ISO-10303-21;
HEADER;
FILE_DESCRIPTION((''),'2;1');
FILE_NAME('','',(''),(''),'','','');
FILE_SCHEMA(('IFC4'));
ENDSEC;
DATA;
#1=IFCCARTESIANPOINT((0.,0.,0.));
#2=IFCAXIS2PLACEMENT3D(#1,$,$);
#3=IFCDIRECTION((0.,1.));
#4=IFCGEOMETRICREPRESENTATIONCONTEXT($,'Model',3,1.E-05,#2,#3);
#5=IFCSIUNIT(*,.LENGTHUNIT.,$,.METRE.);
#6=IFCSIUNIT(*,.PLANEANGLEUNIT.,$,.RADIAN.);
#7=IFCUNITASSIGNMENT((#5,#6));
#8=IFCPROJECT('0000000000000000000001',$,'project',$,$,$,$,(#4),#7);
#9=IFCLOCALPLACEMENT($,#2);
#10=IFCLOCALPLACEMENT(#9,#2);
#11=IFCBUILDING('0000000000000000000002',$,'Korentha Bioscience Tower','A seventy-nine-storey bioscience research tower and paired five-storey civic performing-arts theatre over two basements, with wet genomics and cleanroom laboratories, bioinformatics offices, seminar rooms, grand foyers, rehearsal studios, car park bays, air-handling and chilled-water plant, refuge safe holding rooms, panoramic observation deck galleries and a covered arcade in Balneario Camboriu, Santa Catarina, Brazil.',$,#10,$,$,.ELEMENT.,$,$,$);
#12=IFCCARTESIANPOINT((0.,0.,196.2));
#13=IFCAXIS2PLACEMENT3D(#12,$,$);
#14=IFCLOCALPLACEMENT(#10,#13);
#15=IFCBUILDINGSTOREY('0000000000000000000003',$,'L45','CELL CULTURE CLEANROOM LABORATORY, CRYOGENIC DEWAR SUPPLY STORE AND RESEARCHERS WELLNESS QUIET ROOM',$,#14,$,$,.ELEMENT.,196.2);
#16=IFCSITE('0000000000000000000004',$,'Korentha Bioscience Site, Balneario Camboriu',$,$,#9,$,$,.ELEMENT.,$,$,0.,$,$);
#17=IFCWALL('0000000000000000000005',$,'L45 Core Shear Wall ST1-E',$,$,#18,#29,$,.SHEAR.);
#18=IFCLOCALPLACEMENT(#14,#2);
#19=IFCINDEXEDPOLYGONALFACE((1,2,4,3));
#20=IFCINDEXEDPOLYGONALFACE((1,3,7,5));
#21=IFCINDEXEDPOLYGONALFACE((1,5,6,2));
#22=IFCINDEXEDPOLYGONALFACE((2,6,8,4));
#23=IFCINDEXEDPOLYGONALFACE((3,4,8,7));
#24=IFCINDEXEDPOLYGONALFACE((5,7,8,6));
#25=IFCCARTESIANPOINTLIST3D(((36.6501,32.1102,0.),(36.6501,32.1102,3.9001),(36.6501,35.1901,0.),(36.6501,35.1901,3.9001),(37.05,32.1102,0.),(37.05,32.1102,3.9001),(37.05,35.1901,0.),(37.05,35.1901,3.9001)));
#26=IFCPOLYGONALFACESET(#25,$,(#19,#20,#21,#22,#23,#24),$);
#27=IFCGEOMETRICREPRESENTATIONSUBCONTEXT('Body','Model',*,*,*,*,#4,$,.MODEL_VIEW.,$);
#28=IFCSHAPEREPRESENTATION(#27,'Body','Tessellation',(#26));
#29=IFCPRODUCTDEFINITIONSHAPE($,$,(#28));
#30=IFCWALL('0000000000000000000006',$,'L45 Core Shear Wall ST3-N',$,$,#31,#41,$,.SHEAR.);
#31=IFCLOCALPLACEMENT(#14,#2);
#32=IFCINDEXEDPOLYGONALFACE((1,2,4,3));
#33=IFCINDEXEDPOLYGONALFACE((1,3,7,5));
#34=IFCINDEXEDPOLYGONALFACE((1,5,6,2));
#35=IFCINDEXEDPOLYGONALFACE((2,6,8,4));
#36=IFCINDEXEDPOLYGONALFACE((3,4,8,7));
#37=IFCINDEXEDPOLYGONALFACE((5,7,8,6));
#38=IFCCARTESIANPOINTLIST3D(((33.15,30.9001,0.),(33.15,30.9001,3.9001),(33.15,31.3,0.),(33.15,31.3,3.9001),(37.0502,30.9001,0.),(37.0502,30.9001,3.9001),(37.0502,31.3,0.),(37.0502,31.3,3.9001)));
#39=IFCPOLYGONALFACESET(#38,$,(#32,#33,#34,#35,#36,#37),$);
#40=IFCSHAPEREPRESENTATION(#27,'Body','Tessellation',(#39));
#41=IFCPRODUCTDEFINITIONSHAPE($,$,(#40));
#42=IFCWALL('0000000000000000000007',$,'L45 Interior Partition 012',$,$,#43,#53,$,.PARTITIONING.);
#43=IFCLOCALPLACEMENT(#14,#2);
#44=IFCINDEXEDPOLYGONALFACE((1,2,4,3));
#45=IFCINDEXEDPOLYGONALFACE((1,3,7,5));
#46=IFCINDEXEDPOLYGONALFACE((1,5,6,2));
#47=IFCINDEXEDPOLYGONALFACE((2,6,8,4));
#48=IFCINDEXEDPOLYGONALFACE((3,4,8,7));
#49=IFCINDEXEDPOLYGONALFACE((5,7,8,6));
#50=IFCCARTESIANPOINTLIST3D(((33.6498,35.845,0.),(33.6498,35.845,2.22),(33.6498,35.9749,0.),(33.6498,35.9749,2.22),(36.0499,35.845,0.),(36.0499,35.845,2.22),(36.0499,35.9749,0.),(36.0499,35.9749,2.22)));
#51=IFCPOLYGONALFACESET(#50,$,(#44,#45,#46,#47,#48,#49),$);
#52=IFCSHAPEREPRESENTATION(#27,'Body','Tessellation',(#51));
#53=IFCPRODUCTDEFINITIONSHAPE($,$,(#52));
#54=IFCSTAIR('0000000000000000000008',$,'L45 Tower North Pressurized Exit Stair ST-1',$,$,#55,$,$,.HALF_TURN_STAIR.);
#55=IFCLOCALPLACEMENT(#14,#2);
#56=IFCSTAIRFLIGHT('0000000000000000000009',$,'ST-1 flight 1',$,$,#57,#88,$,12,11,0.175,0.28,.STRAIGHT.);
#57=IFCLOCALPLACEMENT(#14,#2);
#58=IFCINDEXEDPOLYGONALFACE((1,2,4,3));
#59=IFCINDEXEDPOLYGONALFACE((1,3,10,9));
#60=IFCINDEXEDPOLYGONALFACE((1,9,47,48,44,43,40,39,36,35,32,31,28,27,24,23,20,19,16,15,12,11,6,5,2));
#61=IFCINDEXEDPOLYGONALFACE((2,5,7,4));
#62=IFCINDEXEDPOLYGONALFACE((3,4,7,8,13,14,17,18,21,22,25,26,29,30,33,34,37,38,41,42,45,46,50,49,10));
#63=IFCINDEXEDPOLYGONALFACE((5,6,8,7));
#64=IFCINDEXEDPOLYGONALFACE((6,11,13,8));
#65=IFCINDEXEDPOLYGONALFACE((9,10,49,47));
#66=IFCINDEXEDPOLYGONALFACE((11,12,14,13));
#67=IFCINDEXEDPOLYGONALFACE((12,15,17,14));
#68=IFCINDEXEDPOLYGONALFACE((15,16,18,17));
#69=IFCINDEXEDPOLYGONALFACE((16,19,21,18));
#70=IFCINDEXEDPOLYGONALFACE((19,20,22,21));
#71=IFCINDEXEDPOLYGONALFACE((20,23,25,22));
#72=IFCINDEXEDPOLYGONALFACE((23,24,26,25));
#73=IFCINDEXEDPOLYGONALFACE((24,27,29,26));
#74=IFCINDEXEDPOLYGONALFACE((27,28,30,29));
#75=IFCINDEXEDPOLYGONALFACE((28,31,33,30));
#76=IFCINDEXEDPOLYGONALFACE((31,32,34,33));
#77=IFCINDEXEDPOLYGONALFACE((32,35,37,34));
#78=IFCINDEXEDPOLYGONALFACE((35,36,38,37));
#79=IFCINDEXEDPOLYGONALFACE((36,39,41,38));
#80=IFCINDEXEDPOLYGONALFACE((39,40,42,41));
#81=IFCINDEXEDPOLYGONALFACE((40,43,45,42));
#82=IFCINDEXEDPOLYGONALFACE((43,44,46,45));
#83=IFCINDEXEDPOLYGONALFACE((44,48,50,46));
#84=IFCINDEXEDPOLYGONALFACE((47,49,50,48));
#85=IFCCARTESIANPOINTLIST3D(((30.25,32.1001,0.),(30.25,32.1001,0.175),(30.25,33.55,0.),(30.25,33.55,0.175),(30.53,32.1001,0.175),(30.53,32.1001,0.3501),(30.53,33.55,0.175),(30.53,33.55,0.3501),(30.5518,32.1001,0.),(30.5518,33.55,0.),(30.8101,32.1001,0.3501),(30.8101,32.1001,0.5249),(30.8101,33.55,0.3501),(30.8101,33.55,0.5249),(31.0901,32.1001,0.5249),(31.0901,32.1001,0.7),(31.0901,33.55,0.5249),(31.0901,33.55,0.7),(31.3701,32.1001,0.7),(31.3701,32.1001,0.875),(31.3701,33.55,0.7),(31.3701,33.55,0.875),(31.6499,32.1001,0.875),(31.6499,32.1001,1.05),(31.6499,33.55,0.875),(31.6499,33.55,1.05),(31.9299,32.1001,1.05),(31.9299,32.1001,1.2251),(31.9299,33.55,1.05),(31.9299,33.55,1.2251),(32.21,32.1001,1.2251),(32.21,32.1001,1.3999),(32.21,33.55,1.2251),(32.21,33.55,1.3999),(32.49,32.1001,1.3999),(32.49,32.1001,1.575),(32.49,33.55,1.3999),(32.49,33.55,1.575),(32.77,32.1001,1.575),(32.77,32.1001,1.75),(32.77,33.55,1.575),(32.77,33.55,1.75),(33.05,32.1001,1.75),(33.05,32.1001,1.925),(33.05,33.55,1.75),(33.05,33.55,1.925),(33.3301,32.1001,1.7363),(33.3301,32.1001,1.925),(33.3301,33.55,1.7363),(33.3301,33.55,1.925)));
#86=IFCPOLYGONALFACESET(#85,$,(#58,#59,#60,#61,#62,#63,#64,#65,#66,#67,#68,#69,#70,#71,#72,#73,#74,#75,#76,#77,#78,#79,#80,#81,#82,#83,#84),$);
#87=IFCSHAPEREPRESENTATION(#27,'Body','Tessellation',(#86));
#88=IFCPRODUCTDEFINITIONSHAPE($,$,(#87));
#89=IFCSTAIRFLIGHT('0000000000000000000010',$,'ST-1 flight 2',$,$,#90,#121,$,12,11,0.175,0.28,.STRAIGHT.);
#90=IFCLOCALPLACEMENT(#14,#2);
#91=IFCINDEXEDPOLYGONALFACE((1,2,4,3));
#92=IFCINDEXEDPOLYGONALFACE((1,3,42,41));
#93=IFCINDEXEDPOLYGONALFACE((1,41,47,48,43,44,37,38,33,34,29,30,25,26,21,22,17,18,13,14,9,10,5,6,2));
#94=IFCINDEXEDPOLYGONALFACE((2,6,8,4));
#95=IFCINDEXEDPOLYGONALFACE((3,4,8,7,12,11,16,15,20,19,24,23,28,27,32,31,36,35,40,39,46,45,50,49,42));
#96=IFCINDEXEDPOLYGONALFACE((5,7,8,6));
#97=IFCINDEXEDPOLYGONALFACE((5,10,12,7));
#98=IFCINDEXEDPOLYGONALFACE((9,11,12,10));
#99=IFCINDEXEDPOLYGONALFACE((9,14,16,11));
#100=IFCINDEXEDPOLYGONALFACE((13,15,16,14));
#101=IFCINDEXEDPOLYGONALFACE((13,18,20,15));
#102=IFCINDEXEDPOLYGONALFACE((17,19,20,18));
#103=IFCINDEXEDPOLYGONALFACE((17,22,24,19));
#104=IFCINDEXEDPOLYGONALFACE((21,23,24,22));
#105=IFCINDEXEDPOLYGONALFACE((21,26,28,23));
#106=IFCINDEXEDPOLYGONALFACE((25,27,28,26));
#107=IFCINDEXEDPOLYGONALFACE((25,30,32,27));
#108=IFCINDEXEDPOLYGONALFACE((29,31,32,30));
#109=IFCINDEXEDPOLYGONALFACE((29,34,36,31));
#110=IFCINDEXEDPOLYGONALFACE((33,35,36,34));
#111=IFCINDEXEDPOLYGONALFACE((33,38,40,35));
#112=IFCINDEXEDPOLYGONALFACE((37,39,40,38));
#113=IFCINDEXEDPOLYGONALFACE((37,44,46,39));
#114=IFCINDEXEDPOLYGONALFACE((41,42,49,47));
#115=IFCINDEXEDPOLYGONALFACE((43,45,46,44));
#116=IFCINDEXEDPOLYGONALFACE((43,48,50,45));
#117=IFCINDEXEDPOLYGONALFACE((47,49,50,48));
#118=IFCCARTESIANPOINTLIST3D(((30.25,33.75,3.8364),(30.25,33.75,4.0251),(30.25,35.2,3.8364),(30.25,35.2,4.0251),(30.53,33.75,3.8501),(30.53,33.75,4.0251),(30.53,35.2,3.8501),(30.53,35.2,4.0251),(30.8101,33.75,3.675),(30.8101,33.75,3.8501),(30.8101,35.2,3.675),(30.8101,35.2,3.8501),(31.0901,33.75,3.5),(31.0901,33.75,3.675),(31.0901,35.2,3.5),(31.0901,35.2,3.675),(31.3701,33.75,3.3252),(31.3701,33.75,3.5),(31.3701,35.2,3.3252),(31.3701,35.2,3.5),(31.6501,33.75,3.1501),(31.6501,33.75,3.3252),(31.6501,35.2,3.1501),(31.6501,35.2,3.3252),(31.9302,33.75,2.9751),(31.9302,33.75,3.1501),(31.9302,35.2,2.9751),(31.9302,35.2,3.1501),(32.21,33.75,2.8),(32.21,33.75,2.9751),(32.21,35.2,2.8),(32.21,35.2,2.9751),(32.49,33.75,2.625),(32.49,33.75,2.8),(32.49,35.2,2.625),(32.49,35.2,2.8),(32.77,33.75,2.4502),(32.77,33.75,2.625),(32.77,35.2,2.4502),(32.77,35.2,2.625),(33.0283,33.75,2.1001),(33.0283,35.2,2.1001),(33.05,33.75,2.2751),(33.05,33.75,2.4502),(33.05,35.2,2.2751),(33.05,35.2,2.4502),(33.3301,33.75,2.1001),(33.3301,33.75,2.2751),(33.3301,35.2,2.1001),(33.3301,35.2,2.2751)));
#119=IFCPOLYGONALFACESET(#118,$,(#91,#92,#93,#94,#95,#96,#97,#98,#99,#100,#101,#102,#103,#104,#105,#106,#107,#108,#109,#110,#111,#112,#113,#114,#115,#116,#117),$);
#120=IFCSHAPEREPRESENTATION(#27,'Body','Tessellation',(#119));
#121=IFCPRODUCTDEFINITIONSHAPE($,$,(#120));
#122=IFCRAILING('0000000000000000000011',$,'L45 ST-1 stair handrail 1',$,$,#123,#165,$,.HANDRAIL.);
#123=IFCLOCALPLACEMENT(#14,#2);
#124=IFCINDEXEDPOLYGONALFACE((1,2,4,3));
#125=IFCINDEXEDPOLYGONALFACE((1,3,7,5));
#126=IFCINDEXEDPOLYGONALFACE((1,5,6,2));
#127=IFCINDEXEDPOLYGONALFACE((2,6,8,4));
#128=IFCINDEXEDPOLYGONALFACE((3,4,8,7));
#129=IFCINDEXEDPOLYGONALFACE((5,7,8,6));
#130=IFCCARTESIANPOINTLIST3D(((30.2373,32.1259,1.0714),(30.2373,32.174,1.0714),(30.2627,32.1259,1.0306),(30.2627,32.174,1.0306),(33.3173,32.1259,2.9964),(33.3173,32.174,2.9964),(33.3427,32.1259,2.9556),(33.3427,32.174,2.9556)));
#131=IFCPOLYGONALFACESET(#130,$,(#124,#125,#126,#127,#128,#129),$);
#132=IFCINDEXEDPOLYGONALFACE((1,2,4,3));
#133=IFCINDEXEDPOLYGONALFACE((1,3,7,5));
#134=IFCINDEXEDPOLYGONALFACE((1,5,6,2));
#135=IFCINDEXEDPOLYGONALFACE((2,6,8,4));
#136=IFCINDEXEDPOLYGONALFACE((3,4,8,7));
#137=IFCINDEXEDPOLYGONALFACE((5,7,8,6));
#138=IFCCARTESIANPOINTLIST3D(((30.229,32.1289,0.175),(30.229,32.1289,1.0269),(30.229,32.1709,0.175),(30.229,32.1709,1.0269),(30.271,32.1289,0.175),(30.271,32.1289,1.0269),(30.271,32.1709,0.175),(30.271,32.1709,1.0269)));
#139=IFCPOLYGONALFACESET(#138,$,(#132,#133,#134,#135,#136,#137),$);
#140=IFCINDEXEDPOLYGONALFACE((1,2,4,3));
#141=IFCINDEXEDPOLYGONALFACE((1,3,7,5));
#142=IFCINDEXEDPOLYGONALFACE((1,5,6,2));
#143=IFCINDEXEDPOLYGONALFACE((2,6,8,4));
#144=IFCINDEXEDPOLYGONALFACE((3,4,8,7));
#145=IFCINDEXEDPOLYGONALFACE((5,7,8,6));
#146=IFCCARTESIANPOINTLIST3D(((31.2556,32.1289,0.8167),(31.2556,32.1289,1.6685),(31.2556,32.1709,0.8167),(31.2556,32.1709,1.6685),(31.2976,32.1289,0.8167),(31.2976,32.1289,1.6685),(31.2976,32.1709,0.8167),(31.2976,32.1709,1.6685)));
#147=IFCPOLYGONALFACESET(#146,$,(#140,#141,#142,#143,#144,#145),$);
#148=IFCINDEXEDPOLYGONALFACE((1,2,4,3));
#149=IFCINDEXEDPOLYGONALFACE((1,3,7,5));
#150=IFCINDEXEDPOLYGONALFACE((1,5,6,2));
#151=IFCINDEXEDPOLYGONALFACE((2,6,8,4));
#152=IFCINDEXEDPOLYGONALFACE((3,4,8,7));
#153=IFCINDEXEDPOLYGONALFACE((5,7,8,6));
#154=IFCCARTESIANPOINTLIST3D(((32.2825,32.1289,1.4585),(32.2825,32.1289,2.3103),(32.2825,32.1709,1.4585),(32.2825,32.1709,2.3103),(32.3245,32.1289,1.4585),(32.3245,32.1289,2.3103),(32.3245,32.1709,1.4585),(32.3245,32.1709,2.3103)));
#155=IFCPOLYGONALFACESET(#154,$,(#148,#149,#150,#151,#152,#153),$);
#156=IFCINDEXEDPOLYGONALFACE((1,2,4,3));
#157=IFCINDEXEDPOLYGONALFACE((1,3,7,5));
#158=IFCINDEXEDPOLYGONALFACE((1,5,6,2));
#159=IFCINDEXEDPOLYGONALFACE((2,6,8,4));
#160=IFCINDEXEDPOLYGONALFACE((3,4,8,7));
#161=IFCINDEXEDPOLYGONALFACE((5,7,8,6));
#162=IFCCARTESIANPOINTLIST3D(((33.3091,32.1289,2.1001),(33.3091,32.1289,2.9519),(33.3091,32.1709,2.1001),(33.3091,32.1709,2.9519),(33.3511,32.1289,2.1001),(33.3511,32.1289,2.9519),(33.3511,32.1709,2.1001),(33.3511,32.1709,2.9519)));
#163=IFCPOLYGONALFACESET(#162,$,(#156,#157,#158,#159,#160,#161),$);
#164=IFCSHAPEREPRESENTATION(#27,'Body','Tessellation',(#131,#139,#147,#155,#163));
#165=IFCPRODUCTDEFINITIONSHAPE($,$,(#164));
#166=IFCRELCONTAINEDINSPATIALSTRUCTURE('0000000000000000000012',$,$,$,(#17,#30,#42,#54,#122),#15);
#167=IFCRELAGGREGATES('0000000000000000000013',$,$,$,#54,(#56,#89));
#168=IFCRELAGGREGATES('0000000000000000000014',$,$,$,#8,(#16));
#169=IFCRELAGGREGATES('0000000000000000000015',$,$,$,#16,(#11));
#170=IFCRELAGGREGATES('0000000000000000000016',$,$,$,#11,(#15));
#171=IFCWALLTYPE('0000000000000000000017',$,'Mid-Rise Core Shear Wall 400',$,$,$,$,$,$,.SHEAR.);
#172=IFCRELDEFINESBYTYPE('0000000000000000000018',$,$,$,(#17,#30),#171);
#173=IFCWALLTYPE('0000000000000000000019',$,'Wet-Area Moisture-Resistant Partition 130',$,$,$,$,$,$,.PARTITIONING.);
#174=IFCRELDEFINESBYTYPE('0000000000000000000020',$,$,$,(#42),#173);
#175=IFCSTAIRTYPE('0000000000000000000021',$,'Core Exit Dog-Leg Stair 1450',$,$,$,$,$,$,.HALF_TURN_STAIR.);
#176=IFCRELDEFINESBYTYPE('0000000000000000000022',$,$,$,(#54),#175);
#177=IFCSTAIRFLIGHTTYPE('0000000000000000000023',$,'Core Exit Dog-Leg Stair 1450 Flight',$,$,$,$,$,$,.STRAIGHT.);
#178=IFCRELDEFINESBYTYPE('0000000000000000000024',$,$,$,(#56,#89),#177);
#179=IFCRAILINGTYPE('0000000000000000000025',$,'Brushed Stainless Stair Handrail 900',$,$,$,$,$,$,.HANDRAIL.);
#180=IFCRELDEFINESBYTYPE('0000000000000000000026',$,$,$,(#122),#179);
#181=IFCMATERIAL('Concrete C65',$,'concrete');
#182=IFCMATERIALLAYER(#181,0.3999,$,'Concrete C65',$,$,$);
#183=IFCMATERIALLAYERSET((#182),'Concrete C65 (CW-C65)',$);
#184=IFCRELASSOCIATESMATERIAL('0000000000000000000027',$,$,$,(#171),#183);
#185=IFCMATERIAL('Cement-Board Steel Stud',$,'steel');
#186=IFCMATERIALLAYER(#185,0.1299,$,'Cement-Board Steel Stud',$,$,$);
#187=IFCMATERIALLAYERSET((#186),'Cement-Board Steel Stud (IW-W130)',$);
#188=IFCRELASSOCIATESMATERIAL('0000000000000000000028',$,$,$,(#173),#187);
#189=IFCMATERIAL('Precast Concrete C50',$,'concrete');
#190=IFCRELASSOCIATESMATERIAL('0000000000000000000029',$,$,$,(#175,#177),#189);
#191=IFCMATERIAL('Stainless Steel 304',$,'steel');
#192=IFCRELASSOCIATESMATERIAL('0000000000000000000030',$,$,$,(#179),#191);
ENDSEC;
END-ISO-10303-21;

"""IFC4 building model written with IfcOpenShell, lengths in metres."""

from ifc_helpers import new_model, si_unit, direction, frame, frame_2d, origin, origin_2d, place, context, subcontext, project, spatial, polyline, rectangle, outline, extrude, material, layer, layer_set, type_object, element, aggregate, save


model = new_model("IFC4")

# Units and contexts
model_context = context("Model", 3, precision=1e-05, world=origin(), true_north=direction((0.0, 1.0)))
body_context = subcontext(model_context, "Body", "Model", "MODEL_VIEW")
ifc_project = project(units=[si_unit("LENGTHUNIT", "METRE"), si_unit("PLANEANGLEUNIT", "RADIAN")], contexts=[model_context])

# Site, building, storey
site_placement = place(None, origin())
site = spatial("IfcSite", under=ifc_project, at=site_placement, Name="Korentha Bioscience Site, Balneario Camboriu", CompositionType="ELEMENT", RefElevation=0.0)
building_placement = place(site_placement, origin())
building = spatial("IfcBuilding", under=site, at=building_placement, Name="Korentha Bioscience Tower", Description="A seventy-nine-storey bioscience research tower and paired five-storey civic performing-arts theatre over two basements, with wet genomics and cleanroom laboratories, bioinformatics offices, seminar rooms, grand foyers, rehearsal studios, car park bays, air-handling and chilled-water plant, refuge safe holding rooms, panoramic observation deck galleries and a covered arcade in Balneario Camboriu, Santa Catarina, Brazil.", CompositionType="ELEMENT")
storey_placement = place(building_placement, frame((0.0, 0.0, 196.2)))
storey = spatial("IfcBuildingStorey", under=building, at=storey_placement, Name="L45", Description="CELL CULTURE CLEANROOM LABORATORY, CRYOGENIC DEWAR SUPPLY STORE AND RESEARCHERS WELLNESS QUIET ROOM", CompositionType="ELEMENT", Elevation=196.2)

# Shared definitions
ifc_material_1 = material(Name="Concrete C65", Category="concrete")

# Walls
ifc_layer_1 = layer(ifc_material_1, 0.3999, Name="Concrete C65")
ifc_layer_set_1 = layer_set([ifc_layer_1], Name="Concrete C65 (CW-C65)")
wall_type_1 = type_object("IfcWallType", Name="Mid-Rise Core Shear Wall 400", PredefinedType="SHEAR", material=ifc_layer_set_1)
wall_1_placement = place(storey_placement, frame((36.8501, 32.1101, 0.0), z_axis=(0.0, 0.0, 1.0), x_axis=(0.0, 1.0, 0.0)))
element("IfcWall", 1, at=wall_1_placement, inside=storey, type_object=wall_type_1, Name="L45 Core Shear Wall ST1-E", PredefinedType="SHEAR", context=body_context, shape_type="SweptSolid", body=[
    extrude(rectangle(XDim=3.0798, YDim=0.3999, at=frame_2d((1.54, 0.0))), origin(), (0.0, 0.0, 1.0), 3.9001),
])
wall_2_placement = place(storey_placement, frame((33.1499, 31.1001, 0.0), z_axis=(0.0, 0.0, 1.0), x_axis=(1.0, 0.0, 0.0)))
element("IfcWall", 2, at=wall_2_placement, inside=storey, type_object=wall_type_1, Name="L45 Core Shear Wall ST3-N", PredefinedType="SHEAR", context=body_context, shape_type="SweptSolid", body=[
    extrude(rectangle(XDim=3.9001, YDim=0.3999, at=frame_2d((1.9502, 0.0))), origin(), (0.0, 0.0, 1.0), 3.9001),
])
ifc_material_2 = material(Name="Cement-Board Steel Stud", Category="steel")
ifc_layer_2 = layer(ifc_material_2, 0.1299, Name="Cement-Board Steel Stud")
ifc_layer_set_2 = layer_set([ifc_layer_2], Name="Cement-Board Steel Stud (IW-W130)")
wall_type_2 = type_object("IfcWallType", Name="Wet-Area Moisture-Resistant Partition 130", PredefinedType="PARTITIONING", material=ifc_layer_set_2)
wall_3_placement = place(storey_placement, frame((36.05, 35.9099, 0.0), z_axis=(0.0, 0.0, 1.0), x_axis=(-1.0, 0.0, 0.0)))
element("IfcWall", 3, at=wall_3_placement, inside=storey, type_object=wall_type_2, Name="L45 Interior Partition 012", PredefinedType="PARTITIONING", context=body_context, shape_type="SweptSolid", body=[
    extrude(rectangle(XDim=2.4001, YDim=0.1299, at=frame_2d((1.2002, 0.0))), origin(), (0.0, 0.0, 1.0), 2.22),
])

# Stair, stair flights
ifc_material_3 = material(Name="Precast Concrete C50", Category="concrete")
stair_type = type_object("IfcStairType", Name="Core Exit Dog-Leg Stair 1450", PredefinedType="HALF_TURN_STAIR", material=ifc_material_3)
stair_placement = place(storey_placement, origin())
stair = element("IfcStair", 4, at=stair_placement, inside=storey, type_object=stair_type, Name="L45 Tower North Pressurized Exit Stair ST-1", PredefinedType="HALF_TURN_STAIR")
stair_flight_type = type_object("IfcStairFlightType", Name="Core Exit Dog-Leg Stair 1450 Flight", PredefinedType="STRAIGHT", material=ifc_material_3)
stair_flight_1_placement = place(storey_placement, frame((30.25, 32.825, 0.0), z_axis=(0.0, 0.0, 1.0), x_axis=(1.0, 0.0, 0.0)))
stair_flight_1 = element("IfcStairFlight", 5, at=stair_flight_1_placement, type_object=stair_flight_type, Name="ST-1 flight 1", NumberOfRisers=12, NumberOfTreads=11, PredefinedType="STRAIGHT", RiserHeight=0.175, TreadLength=0.28, context=body_context, shape_type="SweptSolid", body=[
    extrude(outline(polyline([(0.0, 0.0), (0.0, 0.175), (0.28, 0.175), (0.28, 0.3501), (0.5601, 0.3501), (0.5601, 0.5249), (0.8401, 0.5249), (0.8401, 0.7), (1.1201, 0.7), (1.1201, 0.875), (1.3999, 0.875), (1.3999, 1.05), (1.6799, 1.05), (1.6799, 1.2251), (1.96, 1.2251), (1.96, 1.3999), (2.24, 1.3999), (2.24, 1.575), (2.52, 1.575), (2.52, 1.75), (2.8, 1.75), (2.8, 1.925), (3.0801, 1.925), (3.0801, 2.1001), (3.0801, 1.7363), (0.3018, 0.0), (0.0, 0.0)])), frame((0.0, 0.7251, 0.0), z_axis=(0.0, -1.0, 0.0), x_axis=(1.0, 0.0, 0.0)), (0.0, 0.0, 1.0), 1.45),
])
stair_flight_2_placement = place(storey_placement, frame((33.3301, 34.4751, 2.1001), z_axis=(0.0, 0.0, 1.0), x_axis=(-1.0, 0.0, 0.0)))
stair_flight_2 = element("IfcStairFlight", 6, at=stair_flight_2_placement, type_object=stair_flight_type, Name="ST-1 flight 2", NumberOfRisers=12, NumberOfTreads=11, PredefinedType="STRAIGHT", RiserHeight=0.175, TreadLength=0.28, context=body_context, shape_type="SweptSolid", body=[
    extrude(outline(polyline([(0.0, 0.0), (0.0, 0.175), (0.28, 0.175), (0.28, 0.3501), (0.5601, 0.3501), (0.5601, 0.5249), (0.8401, 0.5249), (0.8401, 0.7), (1.1201, 0.7), (1.1201, 0.875), (1.3999, 0.875), (1.3999, 1.05), (1.6799, 1.05), (1.6799, 1.2251), (1.96, 1.2251), (1.96, 1.3999), (2.24, 1.3999), (2.24, 1.575), (2.52, 1.575), (2.52, 1.75), (2.8, 1.75), (2.8, 1.925), (3.0801, 1.925), (3.0801, 2.1001), (3.0801, 1.7363), (0.3018, 0.0), (0.0, 0.0)])), frame((0.0, 0.7251, 0.0), z_axis=(0.0, -1.0, 0.0), x_axis=(1.0, 0.0, 0.0)), (0.0, 0.0, 1.0), 1.45),
])
aggregate(stair, [stair_flight_1, stair_flight_2])

# Railing
ifc_material_4 = material(Name="Stainless Steel 304", Category="steel")
railing_type_1 = type_object("IfcRailingType", Name="Brushed Stainless Stair Handrail 900", PredefinedType="HANDRAIL", material=ifc_material_4)
railing_1_placement = place(storey_placement, frame((30.25, 32.1499, 0.175)))
element("IfcRailing", 7, at=railing_1_placement, inside=storey, type_object=railing_type_1, Name="L45 ST-1 stair handrail 1", PredefinedType="HANDRAIL", context=body_context, shape_type="SweptSolid", body=[
    extrude(rectangle(XDim=0.0481, YDim=0.0481, at=origin_2d()), frame((0.0, 0.0, 0.876), z_axis=(0.847998, 0.0, 0.529999), x_axis=(0.0, 1.0, 0.0)), (0.0, 0.0, 1.0), 3.6321),
    extrude(rectangle(XDim=0.042, YDim=0.042, at=origin_2d()), origin(), (0.0, 0.0, 1.0), 0.8518),
    extrude(rectangle(XDim=0.042, YDim=0.042, at=origin_2d()), frame((1.0266, 0.0, 0.6416)), (0.0, 0.0, 1.0), 0.8518),
    extrude(rectangle(XDim=0.042, YDim=0.042, at=origin_2d()), frame((2.0535, 0.0, 1.2834)), (0.0, 0.0, 1.0), 0.8518),
    extrude(rectangle(XDim=0.042, YDim=0.042, at=origin_2d()), frame((3.0801, 0.0, 1.925)), (0.0, 0.0, 1.0), 0.8518),
])

save(model, "model.ifc")
